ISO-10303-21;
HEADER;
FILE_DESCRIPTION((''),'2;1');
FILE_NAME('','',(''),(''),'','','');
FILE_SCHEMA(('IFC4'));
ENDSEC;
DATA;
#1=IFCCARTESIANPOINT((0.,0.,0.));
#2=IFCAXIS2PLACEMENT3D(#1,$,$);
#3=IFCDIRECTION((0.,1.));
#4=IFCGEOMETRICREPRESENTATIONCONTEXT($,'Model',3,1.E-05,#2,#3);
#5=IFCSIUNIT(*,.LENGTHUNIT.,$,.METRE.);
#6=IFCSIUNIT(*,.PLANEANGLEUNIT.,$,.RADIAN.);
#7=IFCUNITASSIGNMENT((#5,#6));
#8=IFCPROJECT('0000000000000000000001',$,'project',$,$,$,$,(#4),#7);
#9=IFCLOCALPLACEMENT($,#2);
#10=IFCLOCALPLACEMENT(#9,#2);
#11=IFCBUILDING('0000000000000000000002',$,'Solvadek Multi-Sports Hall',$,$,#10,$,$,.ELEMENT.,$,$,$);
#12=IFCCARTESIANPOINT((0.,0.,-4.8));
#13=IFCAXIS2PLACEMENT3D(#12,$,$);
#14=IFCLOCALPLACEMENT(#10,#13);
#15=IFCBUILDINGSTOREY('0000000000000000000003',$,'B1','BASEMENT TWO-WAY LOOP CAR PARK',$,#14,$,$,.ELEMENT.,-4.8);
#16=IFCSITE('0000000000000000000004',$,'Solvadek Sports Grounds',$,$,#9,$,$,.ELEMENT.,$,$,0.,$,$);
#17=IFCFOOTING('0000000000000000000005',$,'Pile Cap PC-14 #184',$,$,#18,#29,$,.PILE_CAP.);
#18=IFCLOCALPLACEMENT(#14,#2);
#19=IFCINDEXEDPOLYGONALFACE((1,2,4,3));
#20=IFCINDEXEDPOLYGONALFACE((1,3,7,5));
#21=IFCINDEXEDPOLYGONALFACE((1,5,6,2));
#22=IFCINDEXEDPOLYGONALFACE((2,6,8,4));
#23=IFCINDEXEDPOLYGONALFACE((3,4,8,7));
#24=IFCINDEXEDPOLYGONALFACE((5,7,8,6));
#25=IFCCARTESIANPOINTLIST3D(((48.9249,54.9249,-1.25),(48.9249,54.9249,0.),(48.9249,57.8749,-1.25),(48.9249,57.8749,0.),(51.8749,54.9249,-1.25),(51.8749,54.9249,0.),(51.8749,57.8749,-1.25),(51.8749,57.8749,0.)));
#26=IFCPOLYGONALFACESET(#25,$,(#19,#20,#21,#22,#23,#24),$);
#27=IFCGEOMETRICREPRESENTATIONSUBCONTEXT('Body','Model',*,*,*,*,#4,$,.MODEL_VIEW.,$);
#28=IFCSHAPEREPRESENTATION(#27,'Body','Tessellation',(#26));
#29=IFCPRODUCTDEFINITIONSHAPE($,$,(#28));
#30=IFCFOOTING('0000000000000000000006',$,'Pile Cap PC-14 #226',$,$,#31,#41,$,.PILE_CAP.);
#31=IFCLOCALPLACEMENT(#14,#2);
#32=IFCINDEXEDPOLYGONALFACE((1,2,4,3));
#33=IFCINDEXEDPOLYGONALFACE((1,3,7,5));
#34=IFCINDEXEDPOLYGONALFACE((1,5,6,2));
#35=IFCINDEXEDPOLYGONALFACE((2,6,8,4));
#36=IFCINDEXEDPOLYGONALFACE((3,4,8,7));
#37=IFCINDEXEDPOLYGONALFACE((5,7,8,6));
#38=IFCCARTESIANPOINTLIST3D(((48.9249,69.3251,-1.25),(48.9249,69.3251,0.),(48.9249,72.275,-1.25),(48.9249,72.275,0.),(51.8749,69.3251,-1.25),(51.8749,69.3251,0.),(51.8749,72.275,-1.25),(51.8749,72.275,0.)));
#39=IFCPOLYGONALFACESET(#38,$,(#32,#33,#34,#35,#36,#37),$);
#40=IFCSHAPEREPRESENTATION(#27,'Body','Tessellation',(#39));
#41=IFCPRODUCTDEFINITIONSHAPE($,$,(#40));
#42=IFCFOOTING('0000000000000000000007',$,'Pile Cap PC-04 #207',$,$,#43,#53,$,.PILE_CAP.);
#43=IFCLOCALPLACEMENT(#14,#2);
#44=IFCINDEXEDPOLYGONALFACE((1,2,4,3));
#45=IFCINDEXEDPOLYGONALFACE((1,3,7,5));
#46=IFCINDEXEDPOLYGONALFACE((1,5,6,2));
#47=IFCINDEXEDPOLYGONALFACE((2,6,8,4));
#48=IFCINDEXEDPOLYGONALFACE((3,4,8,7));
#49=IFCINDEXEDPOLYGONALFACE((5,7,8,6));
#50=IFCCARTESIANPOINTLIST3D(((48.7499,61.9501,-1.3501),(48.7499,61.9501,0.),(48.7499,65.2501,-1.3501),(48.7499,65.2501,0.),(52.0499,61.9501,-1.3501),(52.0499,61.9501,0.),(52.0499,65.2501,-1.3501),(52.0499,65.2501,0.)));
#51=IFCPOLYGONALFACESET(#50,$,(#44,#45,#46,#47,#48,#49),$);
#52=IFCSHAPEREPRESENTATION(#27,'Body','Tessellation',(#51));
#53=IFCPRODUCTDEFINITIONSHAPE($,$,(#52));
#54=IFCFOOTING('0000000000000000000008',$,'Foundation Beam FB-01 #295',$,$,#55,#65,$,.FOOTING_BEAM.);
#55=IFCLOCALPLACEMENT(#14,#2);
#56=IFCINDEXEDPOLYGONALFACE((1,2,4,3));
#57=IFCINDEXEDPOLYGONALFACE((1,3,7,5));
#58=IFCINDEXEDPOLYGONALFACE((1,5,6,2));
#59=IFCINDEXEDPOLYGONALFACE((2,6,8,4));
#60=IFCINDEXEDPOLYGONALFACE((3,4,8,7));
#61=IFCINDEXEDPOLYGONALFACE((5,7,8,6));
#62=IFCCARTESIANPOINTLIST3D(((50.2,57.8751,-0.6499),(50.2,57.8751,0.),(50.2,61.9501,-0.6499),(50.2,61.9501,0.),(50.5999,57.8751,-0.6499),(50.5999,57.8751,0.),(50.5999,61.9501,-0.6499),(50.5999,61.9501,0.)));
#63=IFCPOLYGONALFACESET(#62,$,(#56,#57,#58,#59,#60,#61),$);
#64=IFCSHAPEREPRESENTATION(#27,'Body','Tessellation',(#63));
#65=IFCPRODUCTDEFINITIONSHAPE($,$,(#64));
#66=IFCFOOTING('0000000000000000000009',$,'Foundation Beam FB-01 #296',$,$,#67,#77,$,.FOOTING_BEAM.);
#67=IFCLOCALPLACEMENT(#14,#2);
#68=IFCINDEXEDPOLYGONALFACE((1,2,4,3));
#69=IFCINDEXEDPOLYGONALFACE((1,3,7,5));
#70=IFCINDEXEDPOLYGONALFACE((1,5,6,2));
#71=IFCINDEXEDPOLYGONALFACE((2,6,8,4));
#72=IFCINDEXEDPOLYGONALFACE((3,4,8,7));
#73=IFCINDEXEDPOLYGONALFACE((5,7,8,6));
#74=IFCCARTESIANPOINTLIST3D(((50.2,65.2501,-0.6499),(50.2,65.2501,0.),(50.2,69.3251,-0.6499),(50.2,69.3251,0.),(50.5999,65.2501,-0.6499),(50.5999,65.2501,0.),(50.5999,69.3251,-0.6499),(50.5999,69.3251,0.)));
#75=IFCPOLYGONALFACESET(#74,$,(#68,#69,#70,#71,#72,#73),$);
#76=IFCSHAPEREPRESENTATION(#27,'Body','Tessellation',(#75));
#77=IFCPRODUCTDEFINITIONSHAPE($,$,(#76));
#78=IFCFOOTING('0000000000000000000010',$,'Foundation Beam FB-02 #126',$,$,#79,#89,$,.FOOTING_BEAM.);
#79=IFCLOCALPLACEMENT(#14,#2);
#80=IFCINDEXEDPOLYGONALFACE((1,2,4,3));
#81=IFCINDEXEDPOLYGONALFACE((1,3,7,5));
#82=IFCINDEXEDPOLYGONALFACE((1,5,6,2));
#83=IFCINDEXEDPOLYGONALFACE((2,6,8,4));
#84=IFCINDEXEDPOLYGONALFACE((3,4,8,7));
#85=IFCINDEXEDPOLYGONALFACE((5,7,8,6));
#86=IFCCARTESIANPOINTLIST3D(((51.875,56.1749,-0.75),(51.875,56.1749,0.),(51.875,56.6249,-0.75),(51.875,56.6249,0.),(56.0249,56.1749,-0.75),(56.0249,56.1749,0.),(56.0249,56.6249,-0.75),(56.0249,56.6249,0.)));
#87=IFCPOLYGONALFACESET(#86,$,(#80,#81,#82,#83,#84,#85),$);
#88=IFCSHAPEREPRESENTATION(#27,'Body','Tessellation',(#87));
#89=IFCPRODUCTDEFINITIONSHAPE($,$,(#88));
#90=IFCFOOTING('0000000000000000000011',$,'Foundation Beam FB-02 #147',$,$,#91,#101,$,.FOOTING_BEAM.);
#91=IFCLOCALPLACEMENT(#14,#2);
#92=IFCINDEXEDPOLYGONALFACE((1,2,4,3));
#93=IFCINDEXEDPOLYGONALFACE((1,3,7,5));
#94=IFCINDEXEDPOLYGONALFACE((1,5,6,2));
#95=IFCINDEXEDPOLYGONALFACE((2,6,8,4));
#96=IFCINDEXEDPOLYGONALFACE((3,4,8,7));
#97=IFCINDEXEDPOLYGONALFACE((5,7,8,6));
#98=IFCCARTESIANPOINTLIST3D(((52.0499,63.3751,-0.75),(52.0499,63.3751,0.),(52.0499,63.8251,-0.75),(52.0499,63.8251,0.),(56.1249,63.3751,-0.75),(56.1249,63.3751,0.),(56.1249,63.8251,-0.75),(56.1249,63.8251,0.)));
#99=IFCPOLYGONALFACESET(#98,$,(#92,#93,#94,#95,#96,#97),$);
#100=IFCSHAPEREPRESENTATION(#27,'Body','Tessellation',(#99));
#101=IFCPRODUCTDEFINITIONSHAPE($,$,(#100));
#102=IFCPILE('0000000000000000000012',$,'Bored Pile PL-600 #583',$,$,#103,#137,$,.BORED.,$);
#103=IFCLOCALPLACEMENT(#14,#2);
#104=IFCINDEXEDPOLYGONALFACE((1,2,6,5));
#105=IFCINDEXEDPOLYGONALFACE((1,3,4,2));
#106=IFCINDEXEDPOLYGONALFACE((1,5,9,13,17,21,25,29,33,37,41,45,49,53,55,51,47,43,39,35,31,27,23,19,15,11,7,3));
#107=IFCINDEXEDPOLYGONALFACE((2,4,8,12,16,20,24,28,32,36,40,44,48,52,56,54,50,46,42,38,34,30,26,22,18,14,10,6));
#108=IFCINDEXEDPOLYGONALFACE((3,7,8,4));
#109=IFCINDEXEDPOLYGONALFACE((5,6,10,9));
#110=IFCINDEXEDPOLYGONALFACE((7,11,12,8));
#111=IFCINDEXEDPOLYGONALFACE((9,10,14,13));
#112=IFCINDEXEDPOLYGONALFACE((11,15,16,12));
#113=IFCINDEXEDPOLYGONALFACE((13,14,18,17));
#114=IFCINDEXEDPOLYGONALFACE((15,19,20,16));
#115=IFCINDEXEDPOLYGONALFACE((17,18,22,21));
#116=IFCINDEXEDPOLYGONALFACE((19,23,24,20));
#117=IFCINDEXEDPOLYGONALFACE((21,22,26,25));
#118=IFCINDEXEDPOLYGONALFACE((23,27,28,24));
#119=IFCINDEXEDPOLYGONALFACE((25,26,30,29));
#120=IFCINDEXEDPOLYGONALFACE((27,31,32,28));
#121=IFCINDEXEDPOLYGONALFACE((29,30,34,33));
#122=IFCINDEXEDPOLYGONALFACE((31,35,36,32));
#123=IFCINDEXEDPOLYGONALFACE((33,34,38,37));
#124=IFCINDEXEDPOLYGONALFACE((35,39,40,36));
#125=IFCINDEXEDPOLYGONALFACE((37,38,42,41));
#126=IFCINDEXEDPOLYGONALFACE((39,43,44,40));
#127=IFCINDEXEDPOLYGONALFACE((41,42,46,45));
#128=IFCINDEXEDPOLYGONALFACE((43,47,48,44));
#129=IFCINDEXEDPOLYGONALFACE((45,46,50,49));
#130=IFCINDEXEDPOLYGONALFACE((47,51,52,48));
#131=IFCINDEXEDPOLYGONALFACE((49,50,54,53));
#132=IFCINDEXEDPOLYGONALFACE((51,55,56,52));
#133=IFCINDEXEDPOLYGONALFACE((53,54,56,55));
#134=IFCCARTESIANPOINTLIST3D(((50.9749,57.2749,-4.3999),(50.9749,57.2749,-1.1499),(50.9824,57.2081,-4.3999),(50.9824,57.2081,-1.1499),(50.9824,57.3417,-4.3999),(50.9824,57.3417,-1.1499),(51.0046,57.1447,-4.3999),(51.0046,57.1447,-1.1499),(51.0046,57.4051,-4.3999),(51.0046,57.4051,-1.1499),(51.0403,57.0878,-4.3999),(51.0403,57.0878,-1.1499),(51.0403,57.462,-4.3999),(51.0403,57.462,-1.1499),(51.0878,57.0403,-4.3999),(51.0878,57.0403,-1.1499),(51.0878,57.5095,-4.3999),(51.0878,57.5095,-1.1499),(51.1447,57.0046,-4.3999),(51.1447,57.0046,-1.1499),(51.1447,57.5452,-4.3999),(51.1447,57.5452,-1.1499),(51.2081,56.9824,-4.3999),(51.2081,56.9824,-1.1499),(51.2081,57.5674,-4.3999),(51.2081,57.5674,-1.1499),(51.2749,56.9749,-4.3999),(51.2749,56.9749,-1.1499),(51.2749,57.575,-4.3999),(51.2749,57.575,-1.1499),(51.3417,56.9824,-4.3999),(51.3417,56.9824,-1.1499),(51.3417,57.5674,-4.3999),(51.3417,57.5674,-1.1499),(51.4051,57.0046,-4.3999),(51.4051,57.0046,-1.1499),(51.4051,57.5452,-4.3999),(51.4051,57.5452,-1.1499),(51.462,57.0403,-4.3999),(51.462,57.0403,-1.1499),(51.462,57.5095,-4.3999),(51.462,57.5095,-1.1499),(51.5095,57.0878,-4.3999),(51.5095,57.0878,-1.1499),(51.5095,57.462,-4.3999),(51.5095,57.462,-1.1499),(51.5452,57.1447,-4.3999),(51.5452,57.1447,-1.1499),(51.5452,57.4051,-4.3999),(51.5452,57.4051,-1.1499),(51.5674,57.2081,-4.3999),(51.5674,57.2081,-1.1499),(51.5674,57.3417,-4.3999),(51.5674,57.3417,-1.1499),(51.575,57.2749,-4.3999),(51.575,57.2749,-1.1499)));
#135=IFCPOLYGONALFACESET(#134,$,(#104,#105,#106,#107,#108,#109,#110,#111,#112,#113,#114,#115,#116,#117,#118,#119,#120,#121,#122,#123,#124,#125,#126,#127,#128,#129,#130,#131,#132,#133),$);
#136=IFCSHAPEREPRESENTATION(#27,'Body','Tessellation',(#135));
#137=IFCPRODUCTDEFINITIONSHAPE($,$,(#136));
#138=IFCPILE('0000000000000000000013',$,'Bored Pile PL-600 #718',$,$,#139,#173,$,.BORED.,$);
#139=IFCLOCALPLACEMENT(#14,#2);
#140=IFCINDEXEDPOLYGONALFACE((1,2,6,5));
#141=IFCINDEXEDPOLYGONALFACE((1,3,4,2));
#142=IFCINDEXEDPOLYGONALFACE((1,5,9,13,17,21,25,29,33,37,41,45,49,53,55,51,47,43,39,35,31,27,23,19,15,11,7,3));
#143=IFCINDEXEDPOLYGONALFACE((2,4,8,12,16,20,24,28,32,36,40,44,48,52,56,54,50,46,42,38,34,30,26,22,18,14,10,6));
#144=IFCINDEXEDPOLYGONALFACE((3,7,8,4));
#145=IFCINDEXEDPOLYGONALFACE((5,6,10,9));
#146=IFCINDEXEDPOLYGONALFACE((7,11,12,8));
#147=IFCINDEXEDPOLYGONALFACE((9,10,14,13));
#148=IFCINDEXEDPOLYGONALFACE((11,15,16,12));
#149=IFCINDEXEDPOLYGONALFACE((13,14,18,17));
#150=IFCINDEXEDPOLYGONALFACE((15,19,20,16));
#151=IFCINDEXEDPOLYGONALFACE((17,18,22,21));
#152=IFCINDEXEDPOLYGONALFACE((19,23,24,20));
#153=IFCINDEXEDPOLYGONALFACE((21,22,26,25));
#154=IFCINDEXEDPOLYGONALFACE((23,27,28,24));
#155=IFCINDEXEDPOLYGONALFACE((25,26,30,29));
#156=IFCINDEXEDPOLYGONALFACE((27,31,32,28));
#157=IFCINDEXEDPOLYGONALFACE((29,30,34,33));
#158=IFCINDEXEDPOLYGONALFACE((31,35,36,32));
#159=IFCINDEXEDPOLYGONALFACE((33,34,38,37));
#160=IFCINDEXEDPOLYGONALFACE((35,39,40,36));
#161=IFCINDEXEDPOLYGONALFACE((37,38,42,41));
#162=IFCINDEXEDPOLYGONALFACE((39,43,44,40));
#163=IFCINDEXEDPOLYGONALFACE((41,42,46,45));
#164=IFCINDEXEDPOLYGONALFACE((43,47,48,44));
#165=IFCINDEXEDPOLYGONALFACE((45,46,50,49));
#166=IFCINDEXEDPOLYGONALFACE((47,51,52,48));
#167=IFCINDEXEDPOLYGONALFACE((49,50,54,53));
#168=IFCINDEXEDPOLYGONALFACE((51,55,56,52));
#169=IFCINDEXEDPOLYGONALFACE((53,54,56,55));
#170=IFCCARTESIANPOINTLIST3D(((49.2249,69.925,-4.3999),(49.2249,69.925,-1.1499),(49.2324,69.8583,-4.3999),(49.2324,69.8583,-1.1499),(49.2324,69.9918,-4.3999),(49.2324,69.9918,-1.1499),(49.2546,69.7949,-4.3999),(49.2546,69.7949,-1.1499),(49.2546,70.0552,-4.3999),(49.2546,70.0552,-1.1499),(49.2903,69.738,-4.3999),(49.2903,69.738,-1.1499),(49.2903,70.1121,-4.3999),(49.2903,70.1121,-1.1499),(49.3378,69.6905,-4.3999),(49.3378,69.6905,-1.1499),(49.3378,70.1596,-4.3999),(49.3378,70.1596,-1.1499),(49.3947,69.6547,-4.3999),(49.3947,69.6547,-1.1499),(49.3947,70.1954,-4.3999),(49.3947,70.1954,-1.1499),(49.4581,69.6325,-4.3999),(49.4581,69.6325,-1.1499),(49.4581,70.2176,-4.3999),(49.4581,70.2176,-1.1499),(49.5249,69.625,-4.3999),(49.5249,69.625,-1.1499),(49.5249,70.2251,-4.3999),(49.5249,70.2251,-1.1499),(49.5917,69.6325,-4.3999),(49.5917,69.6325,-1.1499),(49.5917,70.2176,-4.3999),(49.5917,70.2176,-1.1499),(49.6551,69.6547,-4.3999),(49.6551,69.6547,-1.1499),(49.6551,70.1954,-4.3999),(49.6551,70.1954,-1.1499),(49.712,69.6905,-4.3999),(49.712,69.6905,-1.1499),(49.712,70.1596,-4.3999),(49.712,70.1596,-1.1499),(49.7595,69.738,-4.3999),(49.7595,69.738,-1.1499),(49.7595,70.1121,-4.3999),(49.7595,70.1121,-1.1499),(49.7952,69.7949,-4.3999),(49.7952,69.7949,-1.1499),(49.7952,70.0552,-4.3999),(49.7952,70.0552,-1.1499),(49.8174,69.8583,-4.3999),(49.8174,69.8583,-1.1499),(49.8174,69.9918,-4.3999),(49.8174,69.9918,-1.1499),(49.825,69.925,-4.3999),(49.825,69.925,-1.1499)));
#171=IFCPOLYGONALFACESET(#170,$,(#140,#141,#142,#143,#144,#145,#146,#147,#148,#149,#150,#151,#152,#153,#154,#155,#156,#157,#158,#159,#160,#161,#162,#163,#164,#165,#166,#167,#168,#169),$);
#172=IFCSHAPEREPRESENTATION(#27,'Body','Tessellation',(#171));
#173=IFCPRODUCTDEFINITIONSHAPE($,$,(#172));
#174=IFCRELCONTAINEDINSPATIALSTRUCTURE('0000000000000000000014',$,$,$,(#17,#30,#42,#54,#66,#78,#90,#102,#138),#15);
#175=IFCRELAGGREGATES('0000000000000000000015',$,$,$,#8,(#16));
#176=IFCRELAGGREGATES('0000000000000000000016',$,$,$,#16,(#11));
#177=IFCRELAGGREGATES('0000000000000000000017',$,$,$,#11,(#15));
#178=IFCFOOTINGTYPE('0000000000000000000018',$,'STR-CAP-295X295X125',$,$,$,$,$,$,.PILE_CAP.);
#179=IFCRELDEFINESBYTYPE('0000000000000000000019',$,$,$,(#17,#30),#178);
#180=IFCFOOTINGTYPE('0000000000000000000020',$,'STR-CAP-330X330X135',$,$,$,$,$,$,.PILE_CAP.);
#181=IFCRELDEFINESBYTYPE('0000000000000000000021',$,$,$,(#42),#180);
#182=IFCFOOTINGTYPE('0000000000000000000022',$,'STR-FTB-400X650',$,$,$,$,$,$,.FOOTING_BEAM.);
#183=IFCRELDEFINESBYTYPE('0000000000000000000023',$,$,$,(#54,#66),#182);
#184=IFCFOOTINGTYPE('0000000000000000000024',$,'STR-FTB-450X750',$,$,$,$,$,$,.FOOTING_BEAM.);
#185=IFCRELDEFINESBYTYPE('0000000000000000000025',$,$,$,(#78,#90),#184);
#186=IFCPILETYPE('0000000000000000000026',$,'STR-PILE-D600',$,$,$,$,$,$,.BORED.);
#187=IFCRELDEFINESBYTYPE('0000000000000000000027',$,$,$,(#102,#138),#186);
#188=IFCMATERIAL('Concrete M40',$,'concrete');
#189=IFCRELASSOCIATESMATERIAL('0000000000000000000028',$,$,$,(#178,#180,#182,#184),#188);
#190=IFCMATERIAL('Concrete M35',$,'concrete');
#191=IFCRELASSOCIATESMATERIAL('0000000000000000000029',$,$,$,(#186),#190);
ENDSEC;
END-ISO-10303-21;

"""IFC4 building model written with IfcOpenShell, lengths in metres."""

from ifc_helpers import new_model, si_unit, direction, frame, origin, origin_2d, place, context, subcontext, project, spatial, rectangle, circle, extrude, material, material_profile, profile_set, type_object, element, save


model = new_model("IFC4")

# Units and contexts
model_context = context("Model", 3, precision=1e-05, world=origin(), true_north=direction((0.0, 1.0)))
body_context = subcontext(model_context, "Body", "Model", "MODEL_VIEW")
ifc_project = project(units=[si_unit("LENGTHUNIT", "METRE"), si_unit("PLANEANGLEUNIT", "RADIAN")], contexts=[model_context])

# Site, building, storey
site_placement = place(None, origin())
site = spatial("IfcSite", under=ifc_project, at=site_placement, Name="Solvadek Sports Grounds", CompositionType="ELEMENT", RefElevation=0.0)
building_placement = place(site_placement, origin())
building = spatial("IfcBuilding", under=site, at=building_placement, Name="Solvadek Multi-Sports Hall", CompositionType="ELEMENT")
storey_placement = place(building_placement, frame((0.0, 0.0, -4.8)))
storey = spatial("IfcBuildingStorey", under=building, at=storey_placement, Name="B1", Description="BASEMENT TWO-WAY LOOP CAR PARK", CompositionType="ELEMENT", Elevation=-4.8)

# Footings
ifc_material_1 = material(Name="Concrete M40", Category="concrete")
footing_type_1 = type_object("IfcFootingType", Name="STR-CAP-295X295X125", PredefinedType="PILE_CAP", material=ifc_material_1)
for number, where, z_axis, x_axis, name in (
    (1, (50.3999, 56.3999, -1.25), (0.0, 0.0, 1.0), (1.0, 0.0, 0.0), "Pile Cap PC-14 #184"),
    (2, (50.3999, 70.8, -1.25), (0.0, 0.0, 1.0), (1.0, 0.0, 0.0), "Pile Cap PC-14 #226"),
):
    element("IfcFooting", number, at=place(storey_placement, frame(where, z_axis=z_axis, x_axis=x_axis)), inside=storey, type_object=footing_type_1, Name=name, PredefinedType="PILE_CAP", context=body_context, shape_type="SweptSolid", body=[
        extrude(rectangle(XDim=2.95, YDim=2.95, at=origin_2d()), origin(), (0.0, 0.0, 1.0), 1.25),
    ])
footing_type_2 = type_object("IfcFootingType", Name="STR-CAP-330X330X135", PredefinedType="PILE_CAP", material=ifc_material_1)
footing_1_placement = place(storey_placement, frame((50.3999, 63.6001, -1.3501), z_axis=(0.0, 0.0, 1.0), x_axis=(1.0, 0.0, 0.0)))
element("IfcFooting", 3, at=footing_1_placement, inside=storey, type_object=footing_type_2, Name="Pile Cap PC-04 #207", PredefinedType="PILE_CAP", context=body_context, shape_type="SweptSolid", body=[
    extrude(rectangle(XDim=3.3, YDim=3.3, at=origin_2d()), origin(), (0.0, 0.0, 1.0), 1.3501),
])
footing_type_3 = type_object("IfcFootingType", Name="STR-FTB-400X650", PredefinedType="FOOTING_BEAM", material=ifc_material_1)
for number, where, z_axis, x_axis, name in (
    (4, (50.3999, 59.9126, -0.6499), (0.0, 0.0, 1.0), (0.0, 1.0, 0.0), "Foundation Beam FB-01 #295"),
    (5, (50.3999, 67.2876, -0.6499), (0.0, 0.0, 1.0), (0.0, 1.0, 0.0), "Foundation Beam FB-01 #296"),
):
    element("IfcFooting", number, at=place(storey_placement, frame(where, z_axis=z_axis, x_axis=x_axis)), inside=storey, type_object=footing_type_3, Name=name, PredefinedType="FOOTING_BEAM", context=body_context, shape_type="SweptSolid", body=[
        extrude(rectangle(XDim=4.075, YDim=0.3999, at=origin_2d()), origin(), (0.0, 0.0, 1.0), 0.6499),
    ])
footing_type_4 = type_object("IfcFootingType", Name="STR-FTB-450X750", PredefinedType="FOOTING_BEAM", material=ifc_material_1)
footing_2_placement = place(storey_placement, frame((53.95, 56.3999, -0.75), z_axis=(0.0, 0.0, 1.0), x_axis=(1.0, 0.0, 0.0)))
element("IfcFooting", 6, at=footing_2_placement, inside=storey, type_object=footing_type_4, Name="Foundation Beam FB-02 #126", PredefinedType="FOOTING_BEAM", context=body_context, shape_type="SweptSolid", body=[
    extrude(rectangle(XDim=4.1499, YDim=0.45, at=origin_2d()), origin(), (0.0, 0.0, 1.0), 0.75),
])
footing_3_placement = place(storey_placement, frame((54.0874, 63.6001, -0.75), z_axis=(0.0, 0.0, 1.0), x_axis=(1.0, 0.0, 0.0)))
element("IfcFooting", 7, at=footing_3_placement, inside=storey, type_object=footing_type_4, Name="Foundation Beam FB-02 #147", PredefinedType="FOOTING_BEAM", context=body_context, shape_type="SweptSolid", body=[
    extrude(rectangle(XDim=4.075, YDim=0.45, at=origin_2d()), origin(), (0.0, 0.0, 1.0), 0.75),
])

# Piles
ifc_material_2 = material(Name="Concrete M35", Category="concrete")
ifc_material_profile_1 = material_profile(ifc_material_2, circle(Radius=0.3, at=origin_2d()), Name="BORED PILE D600")
ifc_profile_set_1 = profile_set([ifc_material_profile_1], Name="Concrete M35")
pile_type_1 = type_object("IfcPileType", Name="STR-PILE-D600", PredefinedType="BORED", material=ifc_profile_set_1)
for number, where, z_axis, x_axis, name in (
    (8, (51.2749, 57.2749, -1.1499), (0.0, 0.0, -1.0), (1.0, 0.0, 0.0), "Bored Pile PL-600 #583"),
    (9, (49.5249, 69.925, -1.1499), (0.0, 0.0, -1.0), (1.0, 0.0, 0.0), "Bored Pile PL-600 #718"),
):
    element("IfcPile", number, at=place(storey_placement, frame(where, z_axis=z_axis, x_axis=x_axis)), inside=storey, type_object=pile_type_1, Name=name, PredefinedType="BORED", context=body_context, shape_type="SweptSolid", body=[
        extrude(circle(Radius=0.3, at=origin_2d()), origin(), (0.0, 0.0, 1.0), 3.25),
    ])

save(model, "model.ifc")
